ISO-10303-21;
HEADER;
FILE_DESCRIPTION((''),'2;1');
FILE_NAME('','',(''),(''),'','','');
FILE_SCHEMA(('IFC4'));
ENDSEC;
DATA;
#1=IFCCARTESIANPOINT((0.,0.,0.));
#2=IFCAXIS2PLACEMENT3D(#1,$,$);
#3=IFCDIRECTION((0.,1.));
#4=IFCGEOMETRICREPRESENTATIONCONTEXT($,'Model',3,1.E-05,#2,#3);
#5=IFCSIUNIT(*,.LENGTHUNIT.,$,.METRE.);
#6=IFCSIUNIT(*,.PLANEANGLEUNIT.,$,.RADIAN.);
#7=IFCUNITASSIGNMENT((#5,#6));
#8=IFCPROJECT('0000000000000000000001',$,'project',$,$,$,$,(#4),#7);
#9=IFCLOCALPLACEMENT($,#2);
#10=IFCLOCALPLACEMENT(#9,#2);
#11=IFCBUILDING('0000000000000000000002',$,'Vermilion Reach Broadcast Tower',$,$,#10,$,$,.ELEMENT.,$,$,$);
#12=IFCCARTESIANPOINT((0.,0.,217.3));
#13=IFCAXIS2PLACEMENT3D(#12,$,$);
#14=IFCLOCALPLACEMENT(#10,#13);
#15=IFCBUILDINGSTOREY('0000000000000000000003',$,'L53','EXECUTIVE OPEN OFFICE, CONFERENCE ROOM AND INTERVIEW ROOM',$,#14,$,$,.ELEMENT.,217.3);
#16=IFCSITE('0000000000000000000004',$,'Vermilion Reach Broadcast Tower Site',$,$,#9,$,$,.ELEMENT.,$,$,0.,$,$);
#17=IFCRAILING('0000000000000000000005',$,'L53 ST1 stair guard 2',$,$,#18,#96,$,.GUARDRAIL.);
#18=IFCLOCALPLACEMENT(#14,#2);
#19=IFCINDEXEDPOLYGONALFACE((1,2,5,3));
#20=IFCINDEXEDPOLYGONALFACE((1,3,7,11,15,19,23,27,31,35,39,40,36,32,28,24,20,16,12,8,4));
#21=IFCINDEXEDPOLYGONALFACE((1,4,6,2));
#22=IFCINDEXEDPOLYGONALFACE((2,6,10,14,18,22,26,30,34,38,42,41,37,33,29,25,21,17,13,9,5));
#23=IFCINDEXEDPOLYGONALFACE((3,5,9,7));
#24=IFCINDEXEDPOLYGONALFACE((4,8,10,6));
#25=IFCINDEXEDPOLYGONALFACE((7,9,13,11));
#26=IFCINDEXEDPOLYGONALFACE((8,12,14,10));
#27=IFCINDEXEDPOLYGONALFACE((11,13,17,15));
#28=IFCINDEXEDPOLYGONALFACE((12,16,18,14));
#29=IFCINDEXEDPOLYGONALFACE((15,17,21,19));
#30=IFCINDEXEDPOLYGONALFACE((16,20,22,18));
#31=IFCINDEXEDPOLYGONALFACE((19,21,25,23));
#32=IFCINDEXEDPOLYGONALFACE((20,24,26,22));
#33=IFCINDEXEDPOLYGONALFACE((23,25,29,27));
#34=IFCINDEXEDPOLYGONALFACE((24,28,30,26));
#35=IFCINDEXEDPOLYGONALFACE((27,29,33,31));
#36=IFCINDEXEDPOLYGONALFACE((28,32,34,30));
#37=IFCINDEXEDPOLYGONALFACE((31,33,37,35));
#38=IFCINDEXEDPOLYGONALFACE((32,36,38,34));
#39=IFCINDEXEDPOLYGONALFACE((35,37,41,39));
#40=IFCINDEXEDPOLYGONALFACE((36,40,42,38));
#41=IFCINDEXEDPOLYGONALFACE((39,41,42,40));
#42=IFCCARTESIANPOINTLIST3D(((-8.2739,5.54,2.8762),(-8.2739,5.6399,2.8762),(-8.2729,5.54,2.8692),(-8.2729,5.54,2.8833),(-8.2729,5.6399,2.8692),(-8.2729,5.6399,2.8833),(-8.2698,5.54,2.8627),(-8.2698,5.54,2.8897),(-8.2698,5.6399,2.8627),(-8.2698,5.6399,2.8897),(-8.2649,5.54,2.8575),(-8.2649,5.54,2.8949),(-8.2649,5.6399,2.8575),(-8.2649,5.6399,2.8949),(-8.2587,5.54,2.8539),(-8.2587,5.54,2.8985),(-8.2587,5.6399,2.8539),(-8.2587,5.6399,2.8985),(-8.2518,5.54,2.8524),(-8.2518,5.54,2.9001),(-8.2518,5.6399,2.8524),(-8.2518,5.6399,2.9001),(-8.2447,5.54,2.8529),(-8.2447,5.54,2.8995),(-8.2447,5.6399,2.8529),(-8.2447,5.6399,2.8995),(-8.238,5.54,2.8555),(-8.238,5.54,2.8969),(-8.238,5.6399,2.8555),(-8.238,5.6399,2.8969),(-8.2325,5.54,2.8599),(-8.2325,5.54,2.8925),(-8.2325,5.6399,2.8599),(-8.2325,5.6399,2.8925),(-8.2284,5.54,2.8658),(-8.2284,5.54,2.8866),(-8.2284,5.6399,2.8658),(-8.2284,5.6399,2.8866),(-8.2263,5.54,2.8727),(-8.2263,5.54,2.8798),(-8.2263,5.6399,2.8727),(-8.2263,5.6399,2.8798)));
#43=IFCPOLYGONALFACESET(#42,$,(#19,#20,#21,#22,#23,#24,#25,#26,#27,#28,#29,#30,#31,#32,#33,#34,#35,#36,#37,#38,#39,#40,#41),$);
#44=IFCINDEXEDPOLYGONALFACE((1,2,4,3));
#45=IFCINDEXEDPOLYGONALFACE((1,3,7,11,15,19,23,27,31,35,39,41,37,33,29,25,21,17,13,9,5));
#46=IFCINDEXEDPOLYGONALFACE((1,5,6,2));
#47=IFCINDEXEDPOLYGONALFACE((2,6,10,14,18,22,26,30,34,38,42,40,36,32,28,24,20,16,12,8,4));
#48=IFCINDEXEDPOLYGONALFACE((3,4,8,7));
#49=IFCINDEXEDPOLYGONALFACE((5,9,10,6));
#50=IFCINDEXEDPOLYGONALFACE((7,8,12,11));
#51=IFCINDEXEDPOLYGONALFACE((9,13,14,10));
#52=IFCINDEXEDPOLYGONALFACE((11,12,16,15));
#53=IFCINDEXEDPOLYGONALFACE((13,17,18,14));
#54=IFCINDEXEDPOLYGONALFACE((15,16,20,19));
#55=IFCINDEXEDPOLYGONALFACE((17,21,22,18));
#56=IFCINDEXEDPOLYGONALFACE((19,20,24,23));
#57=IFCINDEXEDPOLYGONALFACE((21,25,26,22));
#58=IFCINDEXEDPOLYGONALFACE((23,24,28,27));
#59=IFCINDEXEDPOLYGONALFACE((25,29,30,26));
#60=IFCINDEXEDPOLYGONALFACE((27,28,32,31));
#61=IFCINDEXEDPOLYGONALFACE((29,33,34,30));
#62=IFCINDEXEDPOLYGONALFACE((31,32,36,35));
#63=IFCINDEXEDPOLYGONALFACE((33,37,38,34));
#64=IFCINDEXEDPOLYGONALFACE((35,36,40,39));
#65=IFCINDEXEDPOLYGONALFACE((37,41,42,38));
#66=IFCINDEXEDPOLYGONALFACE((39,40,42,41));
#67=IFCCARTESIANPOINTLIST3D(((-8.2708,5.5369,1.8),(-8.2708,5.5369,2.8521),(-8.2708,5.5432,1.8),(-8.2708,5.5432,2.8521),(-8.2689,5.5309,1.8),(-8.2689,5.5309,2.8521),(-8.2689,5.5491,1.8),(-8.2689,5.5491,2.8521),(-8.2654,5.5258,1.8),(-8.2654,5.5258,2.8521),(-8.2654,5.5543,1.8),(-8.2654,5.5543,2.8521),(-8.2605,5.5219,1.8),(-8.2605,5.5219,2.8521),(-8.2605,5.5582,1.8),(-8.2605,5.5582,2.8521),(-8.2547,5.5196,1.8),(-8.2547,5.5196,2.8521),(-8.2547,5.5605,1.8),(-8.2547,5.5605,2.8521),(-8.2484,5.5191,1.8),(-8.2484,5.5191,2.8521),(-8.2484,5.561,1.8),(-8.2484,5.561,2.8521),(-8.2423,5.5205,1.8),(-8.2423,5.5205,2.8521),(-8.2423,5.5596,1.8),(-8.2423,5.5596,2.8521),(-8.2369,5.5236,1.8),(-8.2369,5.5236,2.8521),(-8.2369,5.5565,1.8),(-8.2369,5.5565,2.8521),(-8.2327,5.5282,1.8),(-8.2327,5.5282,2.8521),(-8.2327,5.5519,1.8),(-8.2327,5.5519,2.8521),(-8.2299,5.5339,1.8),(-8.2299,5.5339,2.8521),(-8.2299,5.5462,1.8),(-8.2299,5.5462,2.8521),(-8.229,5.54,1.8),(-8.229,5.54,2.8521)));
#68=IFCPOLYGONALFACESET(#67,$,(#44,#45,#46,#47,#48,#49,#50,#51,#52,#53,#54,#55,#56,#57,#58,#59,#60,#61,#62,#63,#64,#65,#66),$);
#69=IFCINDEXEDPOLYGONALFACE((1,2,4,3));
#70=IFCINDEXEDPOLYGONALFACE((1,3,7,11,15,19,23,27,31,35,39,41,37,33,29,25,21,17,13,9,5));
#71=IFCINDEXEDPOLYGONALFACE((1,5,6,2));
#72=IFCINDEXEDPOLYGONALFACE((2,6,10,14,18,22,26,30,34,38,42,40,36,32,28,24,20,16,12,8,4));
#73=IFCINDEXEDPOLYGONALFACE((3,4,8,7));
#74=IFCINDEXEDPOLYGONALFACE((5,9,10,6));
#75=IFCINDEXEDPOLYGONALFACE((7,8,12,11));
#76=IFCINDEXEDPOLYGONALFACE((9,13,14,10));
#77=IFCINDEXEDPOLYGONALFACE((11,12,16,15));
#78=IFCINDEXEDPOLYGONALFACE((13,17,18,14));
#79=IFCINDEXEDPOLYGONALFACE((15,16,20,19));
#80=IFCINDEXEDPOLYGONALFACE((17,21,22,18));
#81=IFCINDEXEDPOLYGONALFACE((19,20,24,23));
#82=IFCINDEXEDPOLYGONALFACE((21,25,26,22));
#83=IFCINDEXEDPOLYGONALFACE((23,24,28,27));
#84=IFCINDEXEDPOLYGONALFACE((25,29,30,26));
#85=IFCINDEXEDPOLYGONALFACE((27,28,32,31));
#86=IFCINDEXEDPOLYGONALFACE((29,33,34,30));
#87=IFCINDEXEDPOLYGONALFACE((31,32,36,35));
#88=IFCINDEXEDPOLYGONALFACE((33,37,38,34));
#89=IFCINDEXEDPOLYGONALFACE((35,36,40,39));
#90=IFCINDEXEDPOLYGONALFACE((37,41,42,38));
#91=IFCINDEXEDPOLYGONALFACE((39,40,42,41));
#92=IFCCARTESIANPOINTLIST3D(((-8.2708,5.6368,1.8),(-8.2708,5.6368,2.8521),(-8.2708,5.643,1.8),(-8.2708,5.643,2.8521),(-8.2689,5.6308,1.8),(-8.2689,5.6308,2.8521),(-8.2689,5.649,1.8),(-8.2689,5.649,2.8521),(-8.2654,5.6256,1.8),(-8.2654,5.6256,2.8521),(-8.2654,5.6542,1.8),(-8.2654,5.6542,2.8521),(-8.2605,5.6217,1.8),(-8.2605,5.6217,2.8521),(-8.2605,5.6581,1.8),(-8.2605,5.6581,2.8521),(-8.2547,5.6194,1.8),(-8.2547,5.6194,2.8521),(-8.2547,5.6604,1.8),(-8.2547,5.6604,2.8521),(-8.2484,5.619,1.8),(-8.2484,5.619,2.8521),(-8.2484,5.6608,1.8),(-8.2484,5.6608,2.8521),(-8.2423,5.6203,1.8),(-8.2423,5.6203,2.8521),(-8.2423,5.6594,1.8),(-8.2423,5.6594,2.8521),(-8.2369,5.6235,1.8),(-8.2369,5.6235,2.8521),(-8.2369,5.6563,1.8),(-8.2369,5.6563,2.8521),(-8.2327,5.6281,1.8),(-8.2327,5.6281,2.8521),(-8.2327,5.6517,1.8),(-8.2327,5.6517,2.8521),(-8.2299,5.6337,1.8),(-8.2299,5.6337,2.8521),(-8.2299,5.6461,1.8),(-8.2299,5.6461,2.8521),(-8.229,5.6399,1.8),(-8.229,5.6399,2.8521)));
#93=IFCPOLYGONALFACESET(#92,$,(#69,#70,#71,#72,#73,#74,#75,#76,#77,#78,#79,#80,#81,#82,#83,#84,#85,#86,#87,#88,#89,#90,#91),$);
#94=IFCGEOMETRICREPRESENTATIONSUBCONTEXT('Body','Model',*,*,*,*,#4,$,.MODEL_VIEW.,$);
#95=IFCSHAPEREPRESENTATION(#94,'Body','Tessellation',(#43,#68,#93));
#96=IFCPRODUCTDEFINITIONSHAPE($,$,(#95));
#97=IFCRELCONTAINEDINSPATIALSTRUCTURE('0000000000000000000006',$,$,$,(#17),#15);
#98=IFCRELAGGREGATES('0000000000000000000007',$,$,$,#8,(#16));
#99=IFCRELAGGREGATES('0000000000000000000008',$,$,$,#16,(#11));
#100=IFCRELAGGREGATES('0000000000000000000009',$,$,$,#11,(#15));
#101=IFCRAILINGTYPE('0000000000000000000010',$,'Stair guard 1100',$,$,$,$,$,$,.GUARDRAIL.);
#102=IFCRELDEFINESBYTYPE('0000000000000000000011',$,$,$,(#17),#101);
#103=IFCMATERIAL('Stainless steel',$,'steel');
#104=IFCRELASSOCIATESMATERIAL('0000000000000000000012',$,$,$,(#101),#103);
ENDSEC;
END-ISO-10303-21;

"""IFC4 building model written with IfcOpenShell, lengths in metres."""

from ifc_helpers import new_model, si_unit, direction, frame, origin, origin_2d, place, context, subcontext, project, spatial, circle, extrude, material, type_object, element, save


model = new_model("IFC4")

# Units and contexts
model_context = context("Model", 3, precision=1e-05, world=origin(), true_north=direction((0.0, 1.0)))
body_context = subcontext(model_context, "Body", "Model", "MODEL_VIEW")
ifc_project = project(units=[si_unit("LENGTHUNIT", "METRE"), si_unit("PLANEANGLEUNIT", "RADIAN")], contexts=[model_context])

# Site, building, storey
site_placement = place(None, origin())
site = spatial("IfcSite", under=ifc_project, at=site_placement, Name="Vermilion Reach Broadcast Tower Site", CompositionType="ELEMENT", RefElevation=0.0)
building_placement = place(site_placement, origin())
building = spatial("IfcBuilding", under=site, at=building_placement, Name="Vermilion Reach Broadcast Tower", CompositionType="ELEMENT")
storey_placement = place(building_placement, frame((0.0, 0.0, 217.3)))
storey = spatial("IfcBuildingStorey", under=building, at=storey_placement, Name="L53", Description="EXECUTIVE OPEN OFFICE, CONFERENCE ROOM AND INTERVIEW ROOM", CompositionType="ELEMENT", Elevation=217.3)

# Railing
ifc_material_1 = material(Name="Stainless steel", Category="steel")
railing_type_1 = type_object("IfcRailingType", Name="Stair guard 1100", PredefinedType="GUARDRAIL", material=ifc_material_1)
railing_1_placement = place(storey_placement, frame((-8.25, 5.54, 1.8)))
element("IfcRailing", 1, at=railing_1_placement, inside=storey, type_object=railing_type_1, Name="L53 ST1 stair guard 2", PredefinedType="GUARDRAIL", context=body_context, shape_type="SweptSolid", body=[
    extrude(circle(Radius=0.0239, at=origin_2d()), frame((0.0, 0.0, 1.0762), z_axis=(0.0, 1.0, 0.0), x_axis=(-1.0, 0.0, 0.0)), (0.0, 0.0, 1.0), 0.0999),
    extrude(circle(Radius=0.021, at=origin_2d()), origin(), (0.0, 0.0, 1.0), 1.052),
    extrude(circle(Radius=0.021, at=origin_2d()), frame((0.0, 0.0999, 0.0)), (0.0, 0.0, 1.0), 1.052),
])

save(model, "model.ifc")
